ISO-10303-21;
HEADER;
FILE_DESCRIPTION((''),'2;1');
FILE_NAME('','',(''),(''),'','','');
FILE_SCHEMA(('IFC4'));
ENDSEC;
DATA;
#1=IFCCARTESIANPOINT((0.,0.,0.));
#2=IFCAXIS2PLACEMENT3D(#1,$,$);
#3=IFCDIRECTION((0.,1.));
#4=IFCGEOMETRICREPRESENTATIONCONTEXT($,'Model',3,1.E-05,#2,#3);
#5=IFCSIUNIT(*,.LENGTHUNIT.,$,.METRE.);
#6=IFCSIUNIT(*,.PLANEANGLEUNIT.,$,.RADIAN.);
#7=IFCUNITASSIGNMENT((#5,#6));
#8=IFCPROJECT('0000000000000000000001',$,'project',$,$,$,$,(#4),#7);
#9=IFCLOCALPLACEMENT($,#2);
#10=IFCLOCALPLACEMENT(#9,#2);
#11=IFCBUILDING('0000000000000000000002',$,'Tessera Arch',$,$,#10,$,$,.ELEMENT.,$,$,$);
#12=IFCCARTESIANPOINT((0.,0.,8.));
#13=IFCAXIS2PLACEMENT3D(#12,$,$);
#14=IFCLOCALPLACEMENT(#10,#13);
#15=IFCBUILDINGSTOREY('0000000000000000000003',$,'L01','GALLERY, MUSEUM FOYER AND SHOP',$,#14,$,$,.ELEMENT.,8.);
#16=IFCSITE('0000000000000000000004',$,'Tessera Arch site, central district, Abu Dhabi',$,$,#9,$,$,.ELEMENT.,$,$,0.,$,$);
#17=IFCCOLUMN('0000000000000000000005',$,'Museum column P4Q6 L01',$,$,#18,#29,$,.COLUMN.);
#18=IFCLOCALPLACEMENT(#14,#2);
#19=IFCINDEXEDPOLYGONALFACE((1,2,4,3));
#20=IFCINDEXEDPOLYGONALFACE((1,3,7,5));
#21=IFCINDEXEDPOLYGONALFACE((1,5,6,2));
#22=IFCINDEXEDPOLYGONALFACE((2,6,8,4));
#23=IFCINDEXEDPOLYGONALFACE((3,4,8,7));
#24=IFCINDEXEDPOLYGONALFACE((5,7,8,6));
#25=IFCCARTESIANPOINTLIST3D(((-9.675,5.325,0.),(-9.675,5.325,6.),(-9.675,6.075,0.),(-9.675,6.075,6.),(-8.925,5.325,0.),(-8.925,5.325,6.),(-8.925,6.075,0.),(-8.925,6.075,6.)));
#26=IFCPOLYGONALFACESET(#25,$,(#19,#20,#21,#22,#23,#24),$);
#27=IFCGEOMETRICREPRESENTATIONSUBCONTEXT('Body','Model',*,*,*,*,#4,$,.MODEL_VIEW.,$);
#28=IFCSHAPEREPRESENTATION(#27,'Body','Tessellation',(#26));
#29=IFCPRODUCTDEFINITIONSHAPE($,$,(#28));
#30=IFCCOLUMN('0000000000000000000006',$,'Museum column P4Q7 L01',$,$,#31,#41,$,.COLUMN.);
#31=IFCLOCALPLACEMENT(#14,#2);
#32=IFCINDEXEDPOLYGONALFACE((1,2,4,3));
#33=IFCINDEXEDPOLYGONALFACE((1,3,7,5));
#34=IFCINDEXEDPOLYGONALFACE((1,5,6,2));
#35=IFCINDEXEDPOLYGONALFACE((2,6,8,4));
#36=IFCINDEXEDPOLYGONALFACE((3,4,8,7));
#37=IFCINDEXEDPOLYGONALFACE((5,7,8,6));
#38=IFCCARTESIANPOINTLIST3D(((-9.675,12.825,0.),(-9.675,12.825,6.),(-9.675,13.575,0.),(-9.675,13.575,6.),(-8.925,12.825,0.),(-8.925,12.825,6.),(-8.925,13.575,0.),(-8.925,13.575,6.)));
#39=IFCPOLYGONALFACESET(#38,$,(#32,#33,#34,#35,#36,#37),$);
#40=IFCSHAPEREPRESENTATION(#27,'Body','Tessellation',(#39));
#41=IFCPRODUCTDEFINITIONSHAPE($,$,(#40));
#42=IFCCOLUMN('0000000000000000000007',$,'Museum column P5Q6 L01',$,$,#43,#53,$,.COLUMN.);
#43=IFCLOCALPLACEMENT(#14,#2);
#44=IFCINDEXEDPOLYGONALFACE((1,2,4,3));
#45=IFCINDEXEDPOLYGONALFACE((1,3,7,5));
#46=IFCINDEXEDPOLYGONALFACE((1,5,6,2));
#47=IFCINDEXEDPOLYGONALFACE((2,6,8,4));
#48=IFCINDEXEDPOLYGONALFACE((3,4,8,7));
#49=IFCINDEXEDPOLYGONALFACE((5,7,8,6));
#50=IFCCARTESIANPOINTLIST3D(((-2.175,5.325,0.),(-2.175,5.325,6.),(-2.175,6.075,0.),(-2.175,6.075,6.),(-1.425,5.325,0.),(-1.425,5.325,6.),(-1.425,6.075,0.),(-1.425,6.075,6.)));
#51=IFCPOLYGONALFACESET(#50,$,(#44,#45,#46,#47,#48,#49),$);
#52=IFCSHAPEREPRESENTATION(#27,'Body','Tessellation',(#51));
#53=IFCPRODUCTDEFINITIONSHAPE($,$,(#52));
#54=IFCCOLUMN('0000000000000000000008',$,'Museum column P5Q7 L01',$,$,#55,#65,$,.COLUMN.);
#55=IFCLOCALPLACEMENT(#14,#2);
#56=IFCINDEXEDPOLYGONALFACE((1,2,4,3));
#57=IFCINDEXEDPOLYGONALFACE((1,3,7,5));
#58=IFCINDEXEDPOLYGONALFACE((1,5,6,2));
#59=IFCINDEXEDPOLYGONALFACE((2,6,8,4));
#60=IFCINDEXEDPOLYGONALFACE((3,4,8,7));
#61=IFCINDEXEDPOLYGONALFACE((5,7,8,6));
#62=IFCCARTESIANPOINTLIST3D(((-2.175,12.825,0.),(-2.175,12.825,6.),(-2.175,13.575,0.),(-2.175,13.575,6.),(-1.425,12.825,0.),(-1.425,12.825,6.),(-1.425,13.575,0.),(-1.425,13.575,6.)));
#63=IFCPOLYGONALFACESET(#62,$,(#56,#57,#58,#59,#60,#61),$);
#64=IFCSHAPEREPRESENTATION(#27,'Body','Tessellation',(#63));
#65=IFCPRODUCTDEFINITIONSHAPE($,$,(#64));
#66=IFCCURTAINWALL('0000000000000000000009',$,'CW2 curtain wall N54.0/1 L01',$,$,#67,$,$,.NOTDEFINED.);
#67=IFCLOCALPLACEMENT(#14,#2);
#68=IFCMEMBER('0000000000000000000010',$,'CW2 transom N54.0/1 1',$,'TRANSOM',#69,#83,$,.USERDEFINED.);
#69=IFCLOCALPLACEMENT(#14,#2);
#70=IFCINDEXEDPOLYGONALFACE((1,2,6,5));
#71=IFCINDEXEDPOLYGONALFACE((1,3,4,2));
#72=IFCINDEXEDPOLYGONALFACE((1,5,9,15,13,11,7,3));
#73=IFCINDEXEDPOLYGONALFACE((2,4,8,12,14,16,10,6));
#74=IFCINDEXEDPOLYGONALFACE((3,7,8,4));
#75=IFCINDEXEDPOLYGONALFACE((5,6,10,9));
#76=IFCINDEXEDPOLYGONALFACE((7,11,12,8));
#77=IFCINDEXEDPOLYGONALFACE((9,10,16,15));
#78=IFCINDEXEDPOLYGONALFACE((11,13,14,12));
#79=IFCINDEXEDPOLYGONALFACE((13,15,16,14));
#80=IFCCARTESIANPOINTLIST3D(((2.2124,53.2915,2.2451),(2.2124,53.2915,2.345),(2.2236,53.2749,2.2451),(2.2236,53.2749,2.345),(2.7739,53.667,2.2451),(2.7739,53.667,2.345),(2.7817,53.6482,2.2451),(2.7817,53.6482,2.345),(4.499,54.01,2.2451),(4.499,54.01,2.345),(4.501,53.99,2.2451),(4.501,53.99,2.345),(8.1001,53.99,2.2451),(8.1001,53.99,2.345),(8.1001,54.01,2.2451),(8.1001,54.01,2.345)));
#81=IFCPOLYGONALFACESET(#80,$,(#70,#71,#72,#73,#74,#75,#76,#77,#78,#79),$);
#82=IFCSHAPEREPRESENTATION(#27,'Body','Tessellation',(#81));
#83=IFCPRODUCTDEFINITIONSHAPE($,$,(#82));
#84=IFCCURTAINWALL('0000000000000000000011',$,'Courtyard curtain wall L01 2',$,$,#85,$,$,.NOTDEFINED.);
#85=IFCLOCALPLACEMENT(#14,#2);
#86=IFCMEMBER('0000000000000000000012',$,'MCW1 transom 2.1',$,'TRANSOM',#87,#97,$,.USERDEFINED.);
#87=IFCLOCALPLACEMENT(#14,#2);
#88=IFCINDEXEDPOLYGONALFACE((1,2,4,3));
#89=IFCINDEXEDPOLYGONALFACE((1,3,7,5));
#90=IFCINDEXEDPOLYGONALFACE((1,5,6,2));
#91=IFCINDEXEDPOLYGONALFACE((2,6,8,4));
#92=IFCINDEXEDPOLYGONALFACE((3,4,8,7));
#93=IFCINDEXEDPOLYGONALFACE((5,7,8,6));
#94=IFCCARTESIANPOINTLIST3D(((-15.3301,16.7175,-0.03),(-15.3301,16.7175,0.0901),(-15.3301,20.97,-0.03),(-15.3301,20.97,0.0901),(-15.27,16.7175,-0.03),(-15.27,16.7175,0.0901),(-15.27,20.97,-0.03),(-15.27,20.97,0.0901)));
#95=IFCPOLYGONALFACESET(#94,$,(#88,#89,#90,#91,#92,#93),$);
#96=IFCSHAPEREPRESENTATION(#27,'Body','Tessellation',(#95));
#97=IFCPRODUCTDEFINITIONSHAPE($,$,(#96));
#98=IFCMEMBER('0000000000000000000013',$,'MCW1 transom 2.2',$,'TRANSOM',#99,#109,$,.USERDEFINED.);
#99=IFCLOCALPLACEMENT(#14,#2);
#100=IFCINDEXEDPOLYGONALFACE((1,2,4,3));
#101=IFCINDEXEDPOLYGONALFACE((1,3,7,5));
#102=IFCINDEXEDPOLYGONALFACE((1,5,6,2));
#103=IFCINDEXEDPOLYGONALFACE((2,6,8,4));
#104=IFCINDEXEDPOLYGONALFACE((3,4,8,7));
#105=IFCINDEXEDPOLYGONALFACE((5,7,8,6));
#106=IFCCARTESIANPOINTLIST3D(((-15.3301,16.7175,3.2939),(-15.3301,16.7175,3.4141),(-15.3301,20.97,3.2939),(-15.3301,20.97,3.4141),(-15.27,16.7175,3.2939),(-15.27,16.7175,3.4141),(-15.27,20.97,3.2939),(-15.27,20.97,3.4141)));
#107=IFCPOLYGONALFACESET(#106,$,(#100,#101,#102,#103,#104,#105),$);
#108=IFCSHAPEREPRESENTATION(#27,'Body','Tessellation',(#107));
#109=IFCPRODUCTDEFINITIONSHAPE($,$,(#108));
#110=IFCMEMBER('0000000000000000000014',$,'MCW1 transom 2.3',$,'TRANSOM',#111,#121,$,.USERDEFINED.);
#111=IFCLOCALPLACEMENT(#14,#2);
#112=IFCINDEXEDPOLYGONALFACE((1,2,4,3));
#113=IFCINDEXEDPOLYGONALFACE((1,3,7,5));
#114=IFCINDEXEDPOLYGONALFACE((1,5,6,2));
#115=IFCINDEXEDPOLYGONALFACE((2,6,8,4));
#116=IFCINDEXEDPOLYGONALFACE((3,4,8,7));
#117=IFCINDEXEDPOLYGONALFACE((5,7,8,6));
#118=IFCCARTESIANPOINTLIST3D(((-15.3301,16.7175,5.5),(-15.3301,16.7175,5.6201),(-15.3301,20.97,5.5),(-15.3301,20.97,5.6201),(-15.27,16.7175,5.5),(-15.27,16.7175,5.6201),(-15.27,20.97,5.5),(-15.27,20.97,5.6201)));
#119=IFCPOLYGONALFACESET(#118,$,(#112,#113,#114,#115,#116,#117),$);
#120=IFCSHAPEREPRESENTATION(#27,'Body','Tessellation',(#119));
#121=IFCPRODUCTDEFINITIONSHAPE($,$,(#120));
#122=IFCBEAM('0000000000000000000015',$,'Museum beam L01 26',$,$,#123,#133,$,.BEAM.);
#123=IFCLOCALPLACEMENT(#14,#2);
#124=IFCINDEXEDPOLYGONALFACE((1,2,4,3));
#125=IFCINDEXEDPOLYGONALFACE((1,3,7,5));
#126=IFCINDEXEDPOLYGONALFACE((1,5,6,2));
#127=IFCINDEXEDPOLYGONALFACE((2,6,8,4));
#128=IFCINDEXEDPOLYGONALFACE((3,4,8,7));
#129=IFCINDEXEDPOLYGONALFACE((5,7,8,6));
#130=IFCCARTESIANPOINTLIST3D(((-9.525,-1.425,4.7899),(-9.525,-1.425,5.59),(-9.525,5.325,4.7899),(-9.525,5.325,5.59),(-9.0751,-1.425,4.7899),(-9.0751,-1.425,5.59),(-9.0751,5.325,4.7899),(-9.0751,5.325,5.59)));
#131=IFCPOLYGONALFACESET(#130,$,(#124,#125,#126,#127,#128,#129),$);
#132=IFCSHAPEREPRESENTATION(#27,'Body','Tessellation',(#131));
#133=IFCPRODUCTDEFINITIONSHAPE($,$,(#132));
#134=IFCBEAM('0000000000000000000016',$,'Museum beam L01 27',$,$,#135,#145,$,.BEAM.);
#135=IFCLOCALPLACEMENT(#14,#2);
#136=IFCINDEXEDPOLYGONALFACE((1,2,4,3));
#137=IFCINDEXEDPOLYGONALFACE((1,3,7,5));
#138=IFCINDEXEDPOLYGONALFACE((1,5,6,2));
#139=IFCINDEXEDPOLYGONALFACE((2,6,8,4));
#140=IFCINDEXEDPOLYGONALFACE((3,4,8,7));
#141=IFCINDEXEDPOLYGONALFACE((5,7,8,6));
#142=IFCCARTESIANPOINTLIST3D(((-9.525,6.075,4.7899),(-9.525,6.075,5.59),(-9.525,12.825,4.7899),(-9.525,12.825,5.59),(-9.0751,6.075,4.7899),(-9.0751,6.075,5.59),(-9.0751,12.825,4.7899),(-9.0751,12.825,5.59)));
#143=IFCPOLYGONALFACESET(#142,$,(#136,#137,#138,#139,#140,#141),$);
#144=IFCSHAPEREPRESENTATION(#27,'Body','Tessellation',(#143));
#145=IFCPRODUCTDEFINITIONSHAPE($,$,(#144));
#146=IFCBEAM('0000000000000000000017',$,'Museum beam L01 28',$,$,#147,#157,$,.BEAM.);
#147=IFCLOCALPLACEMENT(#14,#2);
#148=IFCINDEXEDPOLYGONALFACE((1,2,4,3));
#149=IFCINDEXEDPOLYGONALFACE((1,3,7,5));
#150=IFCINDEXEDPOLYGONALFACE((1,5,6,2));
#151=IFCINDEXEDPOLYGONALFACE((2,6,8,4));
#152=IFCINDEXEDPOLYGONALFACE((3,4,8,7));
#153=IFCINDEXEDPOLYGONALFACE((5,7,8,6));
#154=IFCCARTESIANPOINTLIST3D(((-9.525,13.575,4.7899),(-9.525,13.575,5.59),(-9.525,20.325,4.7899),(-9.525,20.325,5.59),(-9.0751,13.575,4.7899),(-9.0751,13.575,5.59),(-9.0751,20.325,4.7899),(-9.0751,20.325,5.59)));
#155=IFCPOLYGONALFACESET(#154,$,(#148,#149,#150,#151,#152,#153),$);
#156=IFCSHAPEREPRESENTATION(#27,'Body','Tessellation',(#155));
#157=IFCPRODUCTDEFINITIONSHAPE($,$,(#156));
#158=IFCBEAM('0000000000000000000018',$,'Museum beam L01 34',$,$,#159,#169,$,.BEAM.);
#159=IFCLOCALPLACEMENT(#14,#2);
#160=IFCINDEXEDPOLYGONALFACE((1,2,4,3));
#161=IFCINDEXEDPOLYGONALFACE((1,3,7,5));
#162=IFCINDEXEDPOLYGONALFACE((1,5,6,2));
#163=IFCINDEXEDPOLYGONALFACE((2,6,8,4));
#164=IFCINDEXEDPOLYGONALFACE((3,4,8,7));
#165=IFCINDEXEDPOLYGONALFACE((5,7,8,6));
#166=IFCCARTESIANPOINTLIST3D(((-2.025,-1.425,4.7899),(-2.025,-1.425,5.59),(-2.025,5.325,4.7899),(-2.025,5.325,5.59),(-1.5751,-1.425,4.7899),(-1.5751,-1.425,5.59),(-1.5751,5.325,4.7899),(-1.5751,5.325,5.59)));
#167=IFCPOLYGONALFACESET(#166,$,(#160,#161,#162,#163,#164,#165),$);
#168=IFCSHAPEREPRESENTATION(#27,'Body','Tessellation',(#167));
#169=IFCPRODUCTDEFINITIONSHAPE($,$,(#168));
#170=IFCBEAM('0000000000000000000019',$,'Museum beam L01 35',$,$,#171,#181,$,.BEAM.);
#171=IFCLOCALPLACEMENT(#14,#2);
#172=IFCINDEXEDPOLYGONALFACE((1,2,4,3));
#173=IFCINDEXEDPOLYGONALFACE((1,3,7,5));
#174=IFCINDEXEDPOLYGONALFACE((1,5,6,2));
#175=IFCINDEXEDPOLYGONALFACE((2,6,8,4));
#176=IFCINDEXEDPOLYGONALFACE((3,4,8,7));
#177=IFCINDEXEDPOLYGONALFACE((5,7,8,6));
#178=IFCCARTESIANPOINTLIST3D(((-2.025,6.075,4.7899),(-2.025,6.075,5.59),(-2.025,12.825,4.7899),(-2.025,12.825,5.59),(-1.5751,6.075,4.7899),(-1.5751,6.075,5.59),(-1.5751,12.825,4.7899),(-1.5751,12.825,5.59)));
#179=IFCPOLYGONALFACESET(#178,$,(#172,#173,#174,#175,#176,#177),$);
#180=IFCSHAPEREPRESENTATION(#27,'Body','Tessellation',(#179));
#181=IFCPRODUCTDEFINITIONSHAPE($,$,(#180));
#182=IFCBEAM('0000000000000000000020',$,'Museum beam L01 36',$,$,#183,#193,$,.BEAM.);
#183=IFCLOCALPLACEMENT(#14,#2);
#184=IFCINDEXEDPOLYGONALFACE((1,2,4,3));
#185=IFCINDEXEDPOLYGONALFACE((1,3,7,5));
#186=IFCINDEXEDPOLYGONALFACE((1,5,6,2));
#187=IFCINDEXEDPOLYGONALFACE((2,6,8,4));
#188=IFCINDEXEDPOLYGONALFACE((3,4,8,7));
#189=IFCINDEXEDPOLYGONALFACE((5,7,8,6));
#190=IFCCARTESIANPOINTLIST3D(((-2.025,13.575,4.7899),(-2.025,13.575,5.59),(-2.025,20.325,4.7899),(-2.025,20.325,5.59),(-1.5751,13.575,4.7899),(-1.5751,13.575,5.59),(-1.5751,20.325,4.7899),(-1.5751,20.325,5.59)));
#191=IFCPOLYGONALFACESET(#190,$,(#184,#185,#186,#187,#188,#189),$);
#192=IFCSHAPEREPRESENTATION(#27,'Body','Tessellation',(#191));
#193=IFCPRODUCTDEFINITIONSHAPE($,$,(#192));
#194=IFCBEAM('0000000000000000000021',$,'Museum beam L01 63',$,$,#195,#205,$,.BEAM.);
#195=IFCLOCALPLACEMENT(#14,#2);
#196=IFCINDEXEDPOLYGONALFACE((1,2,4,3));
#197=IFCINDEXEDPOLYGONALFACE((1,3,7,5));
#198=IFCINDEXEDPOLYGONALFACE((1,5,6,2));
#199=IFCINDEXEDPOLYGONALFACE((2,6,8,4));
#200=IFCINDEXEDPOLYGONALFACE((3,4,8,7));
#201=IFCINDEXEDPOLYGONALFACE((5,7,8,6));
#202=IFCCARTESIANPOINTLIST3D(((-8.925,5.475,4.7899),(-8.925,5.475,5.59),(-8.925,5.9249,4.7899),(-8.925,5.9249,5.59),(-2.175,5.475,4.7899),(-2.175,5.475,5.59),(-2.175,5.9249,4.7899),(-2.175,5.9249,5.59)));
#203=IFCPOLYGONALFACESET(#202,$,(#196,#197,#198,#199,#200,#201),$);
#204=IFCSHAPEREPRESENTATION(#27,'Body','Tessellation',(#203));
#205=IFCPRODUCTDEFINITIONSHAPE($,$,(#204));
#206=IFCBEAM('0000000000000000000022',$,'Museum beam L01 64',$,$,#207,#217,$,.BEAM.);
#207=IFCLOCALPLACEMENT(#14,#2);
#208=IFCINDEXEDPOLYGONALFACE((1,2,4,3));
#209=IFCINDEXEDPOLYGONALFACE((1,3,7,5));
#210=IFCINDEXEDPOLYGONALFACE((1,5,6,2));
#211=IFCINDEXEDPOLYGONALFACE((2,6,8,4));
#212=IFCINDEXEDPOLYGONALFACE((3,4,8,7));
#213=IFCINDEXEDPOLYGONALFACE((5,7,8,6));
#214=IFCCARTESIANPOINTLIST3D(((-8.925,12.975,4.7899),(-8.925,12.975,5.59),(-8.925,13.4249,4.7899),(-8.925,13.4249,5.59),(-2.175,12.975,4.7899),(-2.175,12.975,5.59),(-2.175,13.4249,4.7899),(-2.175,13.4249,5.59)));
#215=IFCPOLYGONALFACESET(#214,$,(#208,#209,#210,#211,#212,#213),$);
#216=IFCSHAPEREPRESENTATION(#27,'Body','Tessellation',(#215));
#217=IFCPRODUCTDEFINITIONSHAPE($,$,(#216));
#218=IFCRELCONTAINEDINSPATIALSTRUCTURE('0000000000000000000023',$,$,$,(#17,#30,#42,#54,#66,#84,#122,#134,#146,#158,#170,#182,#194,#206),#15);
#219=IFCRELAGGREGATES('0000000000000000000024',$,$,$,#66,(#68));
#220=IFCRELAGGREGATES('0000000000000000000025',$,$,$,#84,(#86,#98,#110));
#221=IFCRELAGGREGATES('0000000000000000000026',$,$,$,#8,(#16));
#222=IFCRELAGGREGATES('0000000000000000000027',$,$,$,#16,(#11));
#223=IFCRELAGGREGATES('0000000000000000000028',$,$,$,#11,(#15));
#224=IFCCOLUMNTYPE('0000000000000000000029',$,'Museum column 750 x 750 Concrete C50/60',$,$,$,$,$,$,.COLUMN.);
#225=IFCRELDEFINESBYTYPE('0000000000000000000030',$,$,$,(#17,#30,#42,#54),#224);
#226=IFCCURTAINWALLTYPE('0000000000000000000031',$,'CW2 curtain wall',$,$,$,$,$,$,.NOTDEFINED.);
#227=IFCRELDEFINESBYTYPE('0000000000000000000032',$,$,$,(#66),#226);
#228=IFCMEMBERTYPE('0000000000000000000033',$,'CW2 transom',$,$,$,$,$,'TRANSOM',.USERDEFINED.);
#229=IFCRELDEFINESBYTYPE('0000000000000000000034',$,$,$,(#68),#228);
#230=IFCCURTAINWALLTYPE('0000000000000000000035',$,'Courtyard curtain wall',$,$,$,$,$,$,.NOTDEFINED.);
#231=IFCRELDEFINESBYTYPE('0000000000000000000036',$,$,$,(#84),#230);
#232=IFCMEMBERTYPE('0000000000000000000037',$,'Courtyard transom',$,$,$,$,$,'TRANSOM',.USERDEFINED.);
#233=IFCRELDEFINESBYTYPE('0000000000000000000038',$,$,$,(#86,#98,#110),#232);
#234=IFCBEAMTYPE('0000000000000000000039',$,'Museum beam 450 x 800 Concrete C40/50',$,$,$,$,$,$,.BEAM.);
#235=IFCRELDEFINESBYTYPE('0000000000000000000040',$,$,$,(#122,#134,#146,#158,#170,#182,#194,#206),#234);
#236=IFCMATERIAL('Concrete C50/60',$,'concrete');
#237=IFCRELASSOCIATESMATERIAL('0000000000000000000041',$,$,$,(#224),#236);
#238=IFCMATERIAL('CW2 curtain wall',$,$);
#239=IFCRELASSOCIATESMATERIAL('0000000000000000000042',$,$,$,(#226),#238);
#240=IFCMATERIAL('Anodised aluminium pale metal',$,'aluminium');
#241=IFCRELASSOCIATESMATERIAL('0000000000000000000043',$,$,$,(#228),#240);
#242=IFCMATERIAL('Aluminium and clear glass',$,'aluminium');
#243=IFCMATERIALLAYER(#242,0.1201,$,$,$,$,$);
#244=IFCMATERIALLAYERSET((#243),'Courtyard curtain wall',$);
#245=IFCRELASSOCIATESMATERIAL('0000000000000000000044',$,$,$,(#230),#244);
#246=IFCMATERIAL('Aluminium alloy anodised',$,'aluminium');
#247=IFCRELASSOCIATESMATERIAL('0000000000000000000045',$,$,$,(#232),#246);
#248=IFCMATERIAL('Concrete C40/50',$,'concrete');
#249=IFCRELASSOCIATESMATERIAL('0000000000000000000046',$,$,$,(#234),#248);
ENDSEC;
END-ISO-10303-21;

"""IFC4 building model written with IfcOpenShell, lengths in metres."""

from ifc_helpers import new_model, si_unit, direction, frame, origin, origin_2d, place, context, subcontext, project, spatial, polyline, rectangle, outline, extrude, material, layer, layer_set, material_profile, profile_set, type_object, element, aggregate, save


model = new_model("IFC4")

# Units and contexts
model_context = context("Model", 3, precision=1e-05, world=origin(), true_north=direction((0.0, 1.0)))
body_context = subcontext(model_context, "Body", "Model", "MODEL_VIEW")
ifc_project = project(units=[si_unit("LENGTHUNIT", "METRE"), si_unit("PLANEANGLEUNIT", "RADIAN")], contexts=[model_context])

# Site, building, storey
site_placement = place(None, origin())
site = spatial("IfcSite", under=ifc_project, at=site_placement, Name="Tessera Arch site, central district, Abu Dhabi", CompositionType="ELEMENT", RefElevation=0.0)
building_placement = place(site_placement, origin())
building = spatial("IfcBuilding", under=site, at=building_placement, Name="Tessera Arch", CompositionType="ELEMENT")
storey_placement = place(building_placement, frame((0.0, 0.0, 8.0)))
storey = spatial("IfcBuildingStorey", under=building, at=storey_placement, Name="L01", Description="GALLERY, MUSEUM FOYER AND SHOP", CompositionType="ELEMENT", Elevation=8.0)

# Columns
ifc_material_1 = material(Name="Concrete C50/60", Category="concrete")
ifc_material_profile_1 = material_profile(ifc_material_1, rectangle(XDim=0.75, YDim=0.75, at=origin_2d()), Name="Museum column 750 x 750 Concrete C50/60")
ifc_profile_set_1 = profile_set([ifc_material_profile_1], Name="Concrete C50/60")
column_type = type_object("IfcColumnType", Name="Museum column 750 x 750 Concrete C50/60", PredefinedType="COLUMN", material=ifc_profile_set_1)
for number, where, z_axis, x_axis, name in (
    (1, (-9.3, 5.7, 0.0), (0.0, 0.0, 1.0), (1.0, 0.0, 0.0), "Museum column P4Q6 L01"),
    (2, (-9.3, 13.2, 0.0), (0.0, 0.0, 1.0), (1.0, 0.0, 0.0), "Museum column P4Q7 L01"),
    (3, (-1.8, 5.7, 0.0), (0.0, 0.0, 1.0), (1.0, 0.0, 0.0), "Museum column P5Q6 L01"),
    (4, (-1.8, 13.2, 0.0), (0.0, 0.0, 1.0), (1.0, 0.0, 0.0), "Museum column P5Q7 L01"),
):
    element("IfcColumn", number, at=place(storey_placement, frame(where, z_axis=z_axis, x_axis=x_axis)), inside=storey, type_object=column_type, Name=name, PredefinedType="COLUMN", context=body_context, shape_type="SweptSolid", body=[
        extrude(rectangle(XDim=0.75, YDim=0.75, at=origin_2d()), origin(), (0.0, 0.0, 1.0), 6.0),
    ])

# Curtain wall, member
ifc_material_2 = material(Name="CW2 curtain wall")
curtain_wall_type_1 = type_object("IfcCurtainWallType", Name="CW2 curtain wall", PredefinedType="NOTDEFINED", material=ifc_material_2)
curtain_wall_1_placement = place(storey_placement, origin())
curtain_wall_1 = element("IfcCurtainWall", 5, at=curtain_wall_1_placement, inside=storey, type_object=curtain_wall_type_1, Name="CW2 curtain wall N54.0/1 L01", PredefinedType="NOTDEFINED")
ifc_material_3 = material(Name="Anodised aluminium pale metal", Category="aluminium")
ifc_material_profile_2 = material_profile(ifc_material_3, rectangle(XDim=0.2, YDim=0.1001, at=origin_2d()), Name="AL 200x100")
ifc_profile_set_2 = profile_set([ifc_material_profile_2], Name="Anodised aluminium pale metal")
member_type_1 = type_object("IfcMemberType", Name="CW2 transom", ElementType="TRANSOM", PredefinedType="USERDEFINED", material=ifc_profile_set_2)
member_1_placement = place(storey_placement, frame((0.0, 0.0, 2.2451)))
member_1 = element("IfcMember", 6, at=member_1_placement, type_object=member_type_1, Name="CW2 transom N54.0/1 1", ObjectType="TRANSOM", PredefinedType="USERDEFINED", context=body_context, shape_type="SweptSolid", body=[
    extrude(outline(polyline([(4.501, 53.99), (8.1001, 53.99), (8.1001, 54.01), (4.499, 54.01), (2.7739, 53.667), (2.2124, 53.2915), (2.2236, 53.2749), (2.7817, 53.6482), (4.501, 53.99)])), origin(), (0.0, 0.0, 1.0), 0.0999),
])
aggregate(curtain_wall_1, [member_1])

# Curtain wall, members
ifc_material_4 = material(Name="Aluminium and clear glass", Category="aluminium")
ifc_layer_1 = layer(ifc_material_4, 0.1201)
ifc_layer_set_1 = layer_set([ifc_layer_1], Name="Courtyard curtain wall")
curtain_wall_type_2 = type_object("IfcCurtainWallType", Name="Courtyard curtain wall", PredefinedType="NOTDEFINED", material=ifc_layer_set_1)
curtain_wall_2_placement = place(storey_placement, origin())
curtain_wall_2 = element("IfcCurtainWall", 7, at=curtain_wall_2_placement, inside=storey, type_object=curtain_wall_type_2, Name="Courtyard curtain wall L01 2", PredefinedType="NOTDEFINED")
ifc_material_5 = material(Name="Aluminium alloy anodised", Category="aluminium")
ifc_material_profile_3 = material_profile(ifc_material_5, rectangle(XDim=0.0601, YDim=0.1201, at=origin_2d()), Name="Courtyard transom")
ifc_profile_set_3 = profile_set([ifc_material_profile_3], Name="Aluminium alloy anodised")
member_type_2 = type_object("IfcMemberType", Name="Courtyard transom", ElementType="TRANSOM", PredefinedType="USERDEFINED", material=ifc_profile_set_3)
member_2_placement = place(storey_placement, frame((-15.3, 16.7175, 0.03), z_axis=(0.0, 1.0, 0.0), x_axis=(-1.0, 0.0, 0.0)))
member_2 = element("IfcMember", 8, at=member_2_placement, type_object=member_type_2, Name="MCW1 transom 2.1", ObjectType="TRANSOM", PredefinedType="USERDEFINED", context=body_context, shape_type="SweptSolid", body=[
    extrude(rectangle(XDim=0.0601, YDim=0.1201, at=origin_2d()), origin(), (0.0, 0.0, 1.0), 4.2524),
])
member_3_placement = place(storey_placement, frame((-15.3, 16.7175, 3.354), z_axis=(0.0, 1.0, 0.0), x_axis=(-1.0, 0.0, 0.0)))
member_3 = element("IfcMember", 9, at=member_3_placement, type_object=member_type_2, Name="MCW1 transom 2.2", ObjectType="TRANSOM", PredefinedType="USERDEFINED", context=body_context, shape_type="SweptSolid", body=[
    extrude(rectangle(XDim=0.0601, YDim=0.1201, at=origin_2d()), origin(), (0.0, 0.0, 1.0), 4.2524),
])
member_4_placement = place(storey_placement, frame((-15.3, 16.7175, 5.5601), z_axis=(0.0, 1.0, 0.0), x_axis=(-1.0, 0.0, 0.0)))
member_4 = element("IfcMember", 10, at=member_4_placement, type_object=member_type_2, Name="MCW1 transom 2.3", ObjectType="TRANSOM", PredefinedType="USERDEFINED", context=body_context, shape_type="SweptSolid", body=[
    extrude(rectangle(XDim=0.0601, YDim=0.1201, at=origin_2d()), origin(), (0.0, 0.0, 1.0), 4.2524),
])
aggregate(curtain_wall_2, [member_2, member_3, member_4])

# Beams
ifc_material_6 = material(Name="Concrete C40/50", Category="concrete")
ifc_material_profile_4 = material_profile(ifc_material_6, rectangle(XDim=0.45, YDim=0.8, at=origin_2d()), Name="Museum beam 450 x 800 Concrete C40/50")
ifc_profile_set_4 = profile_set([ifc_material_profile_4], Name="Concrete C40/50")
beam_type = type_object("IfcBeamType", Name="Museum beam 450 x 800 Concrete C40/50", PredefinedType="BEAM", material=ifc_profile_set_4)
for number, where, z_axis, x_axis, name in (
    (11, (-9.3, -1.425, 5.1899), (0.0, 1.0, 0.0), (-1.0, 0.0, 0.0), "Museum beam L01 26"),
    (12, (-9.3, 6.075, 5.1899), (0.0, 1.0, 0.0), (-1.0, 0.0, 0.0), "Museum beam L01 27"),
    (13, (-9.3, 13.575, 5.1899), (0.0, 1.0, 0.0), (-1.0, 0.0, 0.0), "Museum beam L01 28"),
    (14, (-1.8, -1.425, 5.1899), (0.0, 1.0, 0.0), (-1.0, 0.0, 0.0), "Museum beam L01 34"),
    (15, (-1.8, 6.075, 5.1899), (0.0, 1.0, 0.0), (-1.0, 0.0, 0.0), "Museum beam L01 35"),
    (16, (-1.8, 13.575, 5.1899), (0.0, 1.0, 0.0), (-1.0, 0.0, 0.0), "Museum beam L01 36"),
    (17, (-8.925, 5.7, 5.1899), (1.0, 0.0, 0.0), (0.0, 1.0, 0.0), "Museum beam L01 63"),
    (18, (-8.925, 13.2, 5.1899), (1.0, 0.0, 0.0), (0.0, 1.0, 0.0), "Museum beam L01 64"),
):
    element("IfcBeam", number, at=place(storey_placement, frame(where, z_axis=z_axis, x_axis=x_axis)), inside=storey, type_object=beam_type, Name=name, PredefinedType="BEAM", context=body_context, shape_type="SweptSolid", body=[
        extrude(rectangle(XDim=0.45, YDim=0.8, at=origin_2d()), origin(), (0.0, 0.0, 1.0), 6.75),
    ])

save(model, "model.ifc")
